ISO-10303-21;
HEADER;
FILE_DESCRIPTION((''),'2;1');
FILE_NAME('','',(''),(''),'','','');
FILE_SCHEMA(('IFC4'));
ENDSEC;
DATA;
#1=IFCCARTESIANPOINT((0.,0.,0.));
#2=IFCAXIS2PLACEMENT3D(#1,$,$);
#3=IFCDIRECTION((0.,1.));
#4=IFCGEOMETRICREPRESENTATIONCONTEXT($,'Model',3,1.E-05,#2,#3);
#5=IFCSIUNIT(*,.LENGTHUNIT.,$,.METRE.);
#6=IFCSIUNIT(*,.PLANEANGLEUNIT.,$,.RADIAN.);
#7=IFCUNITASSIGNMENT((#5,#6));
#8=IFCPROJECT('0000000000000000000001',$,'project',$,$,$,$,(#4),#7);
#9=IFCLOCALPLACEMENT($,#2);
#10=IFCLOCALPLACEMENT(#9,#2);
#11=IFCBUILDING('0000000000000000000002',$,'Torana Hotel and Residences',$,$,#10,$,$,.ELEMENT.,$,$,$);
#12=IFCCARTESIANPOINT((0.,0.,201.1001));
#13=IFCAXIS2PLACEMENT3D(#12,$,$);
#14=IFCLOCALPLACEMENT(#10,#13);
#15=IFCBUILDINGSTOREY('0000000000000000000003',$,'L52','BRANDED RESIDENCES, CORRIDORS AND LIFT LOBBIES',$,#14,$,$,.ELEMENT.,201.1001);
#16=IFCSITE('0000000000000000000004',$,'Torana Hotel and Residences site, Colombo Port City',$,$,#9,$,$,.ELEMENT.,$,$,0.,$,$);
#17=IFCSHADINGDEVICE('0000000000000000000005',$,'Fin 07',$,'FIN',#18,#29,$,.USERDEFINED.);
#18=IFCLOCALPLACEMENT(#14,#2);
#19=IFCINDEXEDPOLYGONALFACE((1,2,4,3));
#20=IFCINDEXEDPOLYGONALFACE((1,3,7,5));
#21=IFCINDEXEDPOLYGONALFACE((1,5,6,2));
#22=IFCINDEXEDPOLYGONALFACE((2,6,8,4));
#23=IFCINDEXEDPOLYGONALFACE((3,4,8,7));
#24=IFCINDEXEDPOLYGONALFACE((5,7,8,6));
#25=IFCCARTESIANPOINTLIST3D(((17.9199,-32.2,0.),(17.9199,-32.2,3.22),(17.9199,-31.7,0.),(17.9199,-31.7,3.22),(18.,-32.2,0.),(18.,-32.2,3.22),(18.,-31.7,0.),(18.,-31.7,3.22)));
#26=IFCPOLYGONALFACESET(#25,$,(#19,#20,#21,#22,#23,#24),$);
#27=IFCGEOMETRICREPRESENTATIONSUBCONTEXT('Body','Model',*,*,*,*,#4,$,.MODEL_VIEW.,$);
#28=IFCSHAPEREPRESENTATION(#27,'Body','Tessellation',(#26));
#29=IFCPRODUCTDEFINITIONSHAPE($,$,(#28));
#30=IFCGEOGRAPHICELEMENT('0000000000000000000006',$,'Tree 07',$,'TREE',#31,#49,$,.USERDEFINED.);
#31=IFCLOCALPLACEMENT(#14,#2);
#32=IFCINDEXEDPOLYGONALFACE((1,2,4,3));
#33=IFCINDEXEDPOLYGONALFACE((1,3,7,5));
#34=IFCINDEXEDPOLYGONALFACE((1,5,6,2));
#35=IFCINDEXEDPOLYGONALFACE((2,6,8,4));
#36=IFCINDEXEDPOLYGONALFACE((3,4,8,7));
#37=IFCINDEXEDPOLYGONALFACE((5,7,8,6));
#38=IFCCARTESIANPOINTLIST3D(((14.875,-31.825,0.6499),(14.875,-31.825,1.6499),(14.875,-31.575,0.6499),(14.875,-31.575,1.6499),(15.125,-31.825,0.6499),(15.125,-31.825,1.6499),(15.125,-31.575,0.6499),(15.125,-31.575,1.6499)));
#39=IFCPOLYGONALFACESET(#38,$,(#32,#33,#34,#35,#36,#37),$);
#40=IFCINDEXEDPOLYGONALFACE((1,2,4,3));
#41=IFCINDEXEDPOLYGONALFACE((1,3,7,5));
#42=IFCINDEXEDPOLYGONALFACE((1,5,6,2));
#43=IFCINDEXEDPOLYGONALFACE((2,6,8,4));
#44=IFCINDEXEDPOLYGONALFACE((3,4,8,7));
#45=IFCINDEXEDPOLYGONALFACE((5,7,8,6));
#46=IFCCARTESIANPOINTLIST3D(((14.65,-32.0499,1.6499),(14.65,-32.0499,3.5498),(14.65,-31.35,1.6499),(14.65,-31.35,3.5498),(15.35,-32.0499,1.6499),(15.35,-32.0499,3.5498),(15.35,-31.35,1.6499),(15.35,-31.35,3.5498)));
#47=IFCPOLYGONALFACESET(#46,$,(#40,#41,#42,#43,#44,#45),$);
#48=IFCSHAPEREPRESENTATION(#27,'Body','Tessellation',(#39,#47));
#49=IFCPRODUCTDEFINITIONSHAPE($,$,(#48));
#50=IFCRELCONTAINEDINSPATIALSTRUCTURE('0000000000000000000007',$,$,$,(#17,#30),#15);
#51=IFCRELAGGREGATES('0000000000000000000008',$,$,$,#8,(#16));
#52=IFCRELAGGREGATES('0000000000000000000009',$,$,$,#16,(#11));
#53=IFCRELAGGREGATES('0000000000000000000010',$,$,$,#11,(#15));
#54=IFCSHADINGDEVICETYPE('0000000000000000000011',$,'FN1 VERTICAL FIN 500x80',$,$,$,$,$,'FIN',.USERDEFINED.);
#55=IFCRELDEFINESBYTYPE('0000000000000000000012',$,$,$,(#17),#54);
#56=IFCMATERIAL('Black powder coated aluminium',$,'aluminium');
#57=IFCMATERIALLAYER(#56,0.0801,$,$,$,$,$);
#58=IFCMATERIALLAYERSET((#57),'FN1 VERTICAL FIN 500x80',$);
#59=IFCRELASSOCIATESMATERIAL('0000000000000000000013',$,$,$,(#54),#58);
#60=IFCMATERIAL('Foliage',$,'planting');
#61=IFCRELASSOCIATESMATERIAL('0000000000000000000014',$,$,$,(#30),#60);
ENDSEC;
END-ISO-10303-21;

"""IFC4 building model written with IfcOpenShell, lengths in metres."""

from ifc_helpers import new_model, si_unit, direction, frame, origin, origin_2d, place, context, subcontext, project, spatial, rectangle, extrude, material, layer, layer_set, type_object, element, save


model = new_model("IFC4")

# Units and contexts
model_context = context("Model", 3, precision=1e-05, world=origin(), true_north=direction((0.0, 1.0)))
body_context = subcontext(model_context, "Body", "Model", "MODEL_VIEW")
ifc_project = project(units=[si_unit("LENGTHUNIT", "METRE"), si_unit("PLANEANGLEUNIT", "RADIAN")], contexts=[model_context])

# Site, building, storey
site_placement = place(None, origin())
site = spatial("IfcSite", under=ifc_project, at=site_placement, Name="Torana Hotel and Residences site, Colombo Port City", CompositionType="ELEMENT", RefElevation=0.0)
building_placement = place(site_placement, origin())
building = spatial("IfcBuilding", under=site, at=building_placement, Name="Torana Hotel and Residences", CompositionType="ELEMENT")
storey_placement = place(building_placement, frame((0.0, 0.0, 201.1001)))
storey = spatial("IfcBuildingStorey", under=building, at=storey_placement, Name="L52", Description="BRANDED RESIDENCES, CORRIDORS AND LIFT LOBBIES", CompositionType="ELEMENT", Elevation=201.1001)

# Shading device
ifc_material_1 = material(Name="Black powder coated aluminium", Category="aluminium")
ifc_layer_1 = layer(ifc_material_1, 0.0801)
ifc_layer_set_1 = layer_set([ifc_layer_1], Name="FN1 VERTICAL FIN 500x80")
shading_device_type = type_object("IfcShadingDeviceType", Name="FN1 VERTICAL FIN 500x80", ElementType="FIN", PredefinedType="USERDEFINED", material=ifc_layer_set_1)
shading_device_placement = place(storey_placement, frame((17.96, -31.95, 0.0), z_axis=(0.0, 0.0, 1.0), x_axis=(-1.0, 0.0, 0.0)))
element("IfcShadingDevice", 1, at=shading_device_placement, inside=storey, type_object=shading_device_type, Name="Fin 07", ObjectType="FIN", PredefinedType="USERDEFINED", context=body_context, shape_type="SweptSolid", body=[
    extrude(rectangle(XDim=0.0801, YDim=0.5, at=origin_2d()), origin(), (0.0, 0.0, 1.0), 3.22),
])

# Geographic element
ifc_material_2 = material(Name="Foliage", Category="planting")
geographic_element_placement = place(storey_placement, frame((15.0, -31.7, 0.6499), z_axis=(0.0, 0.0, 1.0), x_axis=(1.0, 0.0, 0.0)))
element("IfcGeographicElement", 2, at=geographic_element_placement, inside=storey, material=ifc_material_2, Name="Tree 07", ObjectType="TREE", PredefinedType="USERDEFINED", context=body_context, shape_type="SweptSolid", body=[
    extrude(rectangle(XDim=0.25, YDim=0.25, at=origin_2d()), origin(), (0.0, 0.0, 1.0), 1.0),
    extrude(rectangle(XDim=0.7, YDim=0.7, at=origin_2d()), frame((0.0, 0.0, 1.0)), (0.0, 0.0, 1.0), 1.8999),
])

save(model, "model.ifc")
